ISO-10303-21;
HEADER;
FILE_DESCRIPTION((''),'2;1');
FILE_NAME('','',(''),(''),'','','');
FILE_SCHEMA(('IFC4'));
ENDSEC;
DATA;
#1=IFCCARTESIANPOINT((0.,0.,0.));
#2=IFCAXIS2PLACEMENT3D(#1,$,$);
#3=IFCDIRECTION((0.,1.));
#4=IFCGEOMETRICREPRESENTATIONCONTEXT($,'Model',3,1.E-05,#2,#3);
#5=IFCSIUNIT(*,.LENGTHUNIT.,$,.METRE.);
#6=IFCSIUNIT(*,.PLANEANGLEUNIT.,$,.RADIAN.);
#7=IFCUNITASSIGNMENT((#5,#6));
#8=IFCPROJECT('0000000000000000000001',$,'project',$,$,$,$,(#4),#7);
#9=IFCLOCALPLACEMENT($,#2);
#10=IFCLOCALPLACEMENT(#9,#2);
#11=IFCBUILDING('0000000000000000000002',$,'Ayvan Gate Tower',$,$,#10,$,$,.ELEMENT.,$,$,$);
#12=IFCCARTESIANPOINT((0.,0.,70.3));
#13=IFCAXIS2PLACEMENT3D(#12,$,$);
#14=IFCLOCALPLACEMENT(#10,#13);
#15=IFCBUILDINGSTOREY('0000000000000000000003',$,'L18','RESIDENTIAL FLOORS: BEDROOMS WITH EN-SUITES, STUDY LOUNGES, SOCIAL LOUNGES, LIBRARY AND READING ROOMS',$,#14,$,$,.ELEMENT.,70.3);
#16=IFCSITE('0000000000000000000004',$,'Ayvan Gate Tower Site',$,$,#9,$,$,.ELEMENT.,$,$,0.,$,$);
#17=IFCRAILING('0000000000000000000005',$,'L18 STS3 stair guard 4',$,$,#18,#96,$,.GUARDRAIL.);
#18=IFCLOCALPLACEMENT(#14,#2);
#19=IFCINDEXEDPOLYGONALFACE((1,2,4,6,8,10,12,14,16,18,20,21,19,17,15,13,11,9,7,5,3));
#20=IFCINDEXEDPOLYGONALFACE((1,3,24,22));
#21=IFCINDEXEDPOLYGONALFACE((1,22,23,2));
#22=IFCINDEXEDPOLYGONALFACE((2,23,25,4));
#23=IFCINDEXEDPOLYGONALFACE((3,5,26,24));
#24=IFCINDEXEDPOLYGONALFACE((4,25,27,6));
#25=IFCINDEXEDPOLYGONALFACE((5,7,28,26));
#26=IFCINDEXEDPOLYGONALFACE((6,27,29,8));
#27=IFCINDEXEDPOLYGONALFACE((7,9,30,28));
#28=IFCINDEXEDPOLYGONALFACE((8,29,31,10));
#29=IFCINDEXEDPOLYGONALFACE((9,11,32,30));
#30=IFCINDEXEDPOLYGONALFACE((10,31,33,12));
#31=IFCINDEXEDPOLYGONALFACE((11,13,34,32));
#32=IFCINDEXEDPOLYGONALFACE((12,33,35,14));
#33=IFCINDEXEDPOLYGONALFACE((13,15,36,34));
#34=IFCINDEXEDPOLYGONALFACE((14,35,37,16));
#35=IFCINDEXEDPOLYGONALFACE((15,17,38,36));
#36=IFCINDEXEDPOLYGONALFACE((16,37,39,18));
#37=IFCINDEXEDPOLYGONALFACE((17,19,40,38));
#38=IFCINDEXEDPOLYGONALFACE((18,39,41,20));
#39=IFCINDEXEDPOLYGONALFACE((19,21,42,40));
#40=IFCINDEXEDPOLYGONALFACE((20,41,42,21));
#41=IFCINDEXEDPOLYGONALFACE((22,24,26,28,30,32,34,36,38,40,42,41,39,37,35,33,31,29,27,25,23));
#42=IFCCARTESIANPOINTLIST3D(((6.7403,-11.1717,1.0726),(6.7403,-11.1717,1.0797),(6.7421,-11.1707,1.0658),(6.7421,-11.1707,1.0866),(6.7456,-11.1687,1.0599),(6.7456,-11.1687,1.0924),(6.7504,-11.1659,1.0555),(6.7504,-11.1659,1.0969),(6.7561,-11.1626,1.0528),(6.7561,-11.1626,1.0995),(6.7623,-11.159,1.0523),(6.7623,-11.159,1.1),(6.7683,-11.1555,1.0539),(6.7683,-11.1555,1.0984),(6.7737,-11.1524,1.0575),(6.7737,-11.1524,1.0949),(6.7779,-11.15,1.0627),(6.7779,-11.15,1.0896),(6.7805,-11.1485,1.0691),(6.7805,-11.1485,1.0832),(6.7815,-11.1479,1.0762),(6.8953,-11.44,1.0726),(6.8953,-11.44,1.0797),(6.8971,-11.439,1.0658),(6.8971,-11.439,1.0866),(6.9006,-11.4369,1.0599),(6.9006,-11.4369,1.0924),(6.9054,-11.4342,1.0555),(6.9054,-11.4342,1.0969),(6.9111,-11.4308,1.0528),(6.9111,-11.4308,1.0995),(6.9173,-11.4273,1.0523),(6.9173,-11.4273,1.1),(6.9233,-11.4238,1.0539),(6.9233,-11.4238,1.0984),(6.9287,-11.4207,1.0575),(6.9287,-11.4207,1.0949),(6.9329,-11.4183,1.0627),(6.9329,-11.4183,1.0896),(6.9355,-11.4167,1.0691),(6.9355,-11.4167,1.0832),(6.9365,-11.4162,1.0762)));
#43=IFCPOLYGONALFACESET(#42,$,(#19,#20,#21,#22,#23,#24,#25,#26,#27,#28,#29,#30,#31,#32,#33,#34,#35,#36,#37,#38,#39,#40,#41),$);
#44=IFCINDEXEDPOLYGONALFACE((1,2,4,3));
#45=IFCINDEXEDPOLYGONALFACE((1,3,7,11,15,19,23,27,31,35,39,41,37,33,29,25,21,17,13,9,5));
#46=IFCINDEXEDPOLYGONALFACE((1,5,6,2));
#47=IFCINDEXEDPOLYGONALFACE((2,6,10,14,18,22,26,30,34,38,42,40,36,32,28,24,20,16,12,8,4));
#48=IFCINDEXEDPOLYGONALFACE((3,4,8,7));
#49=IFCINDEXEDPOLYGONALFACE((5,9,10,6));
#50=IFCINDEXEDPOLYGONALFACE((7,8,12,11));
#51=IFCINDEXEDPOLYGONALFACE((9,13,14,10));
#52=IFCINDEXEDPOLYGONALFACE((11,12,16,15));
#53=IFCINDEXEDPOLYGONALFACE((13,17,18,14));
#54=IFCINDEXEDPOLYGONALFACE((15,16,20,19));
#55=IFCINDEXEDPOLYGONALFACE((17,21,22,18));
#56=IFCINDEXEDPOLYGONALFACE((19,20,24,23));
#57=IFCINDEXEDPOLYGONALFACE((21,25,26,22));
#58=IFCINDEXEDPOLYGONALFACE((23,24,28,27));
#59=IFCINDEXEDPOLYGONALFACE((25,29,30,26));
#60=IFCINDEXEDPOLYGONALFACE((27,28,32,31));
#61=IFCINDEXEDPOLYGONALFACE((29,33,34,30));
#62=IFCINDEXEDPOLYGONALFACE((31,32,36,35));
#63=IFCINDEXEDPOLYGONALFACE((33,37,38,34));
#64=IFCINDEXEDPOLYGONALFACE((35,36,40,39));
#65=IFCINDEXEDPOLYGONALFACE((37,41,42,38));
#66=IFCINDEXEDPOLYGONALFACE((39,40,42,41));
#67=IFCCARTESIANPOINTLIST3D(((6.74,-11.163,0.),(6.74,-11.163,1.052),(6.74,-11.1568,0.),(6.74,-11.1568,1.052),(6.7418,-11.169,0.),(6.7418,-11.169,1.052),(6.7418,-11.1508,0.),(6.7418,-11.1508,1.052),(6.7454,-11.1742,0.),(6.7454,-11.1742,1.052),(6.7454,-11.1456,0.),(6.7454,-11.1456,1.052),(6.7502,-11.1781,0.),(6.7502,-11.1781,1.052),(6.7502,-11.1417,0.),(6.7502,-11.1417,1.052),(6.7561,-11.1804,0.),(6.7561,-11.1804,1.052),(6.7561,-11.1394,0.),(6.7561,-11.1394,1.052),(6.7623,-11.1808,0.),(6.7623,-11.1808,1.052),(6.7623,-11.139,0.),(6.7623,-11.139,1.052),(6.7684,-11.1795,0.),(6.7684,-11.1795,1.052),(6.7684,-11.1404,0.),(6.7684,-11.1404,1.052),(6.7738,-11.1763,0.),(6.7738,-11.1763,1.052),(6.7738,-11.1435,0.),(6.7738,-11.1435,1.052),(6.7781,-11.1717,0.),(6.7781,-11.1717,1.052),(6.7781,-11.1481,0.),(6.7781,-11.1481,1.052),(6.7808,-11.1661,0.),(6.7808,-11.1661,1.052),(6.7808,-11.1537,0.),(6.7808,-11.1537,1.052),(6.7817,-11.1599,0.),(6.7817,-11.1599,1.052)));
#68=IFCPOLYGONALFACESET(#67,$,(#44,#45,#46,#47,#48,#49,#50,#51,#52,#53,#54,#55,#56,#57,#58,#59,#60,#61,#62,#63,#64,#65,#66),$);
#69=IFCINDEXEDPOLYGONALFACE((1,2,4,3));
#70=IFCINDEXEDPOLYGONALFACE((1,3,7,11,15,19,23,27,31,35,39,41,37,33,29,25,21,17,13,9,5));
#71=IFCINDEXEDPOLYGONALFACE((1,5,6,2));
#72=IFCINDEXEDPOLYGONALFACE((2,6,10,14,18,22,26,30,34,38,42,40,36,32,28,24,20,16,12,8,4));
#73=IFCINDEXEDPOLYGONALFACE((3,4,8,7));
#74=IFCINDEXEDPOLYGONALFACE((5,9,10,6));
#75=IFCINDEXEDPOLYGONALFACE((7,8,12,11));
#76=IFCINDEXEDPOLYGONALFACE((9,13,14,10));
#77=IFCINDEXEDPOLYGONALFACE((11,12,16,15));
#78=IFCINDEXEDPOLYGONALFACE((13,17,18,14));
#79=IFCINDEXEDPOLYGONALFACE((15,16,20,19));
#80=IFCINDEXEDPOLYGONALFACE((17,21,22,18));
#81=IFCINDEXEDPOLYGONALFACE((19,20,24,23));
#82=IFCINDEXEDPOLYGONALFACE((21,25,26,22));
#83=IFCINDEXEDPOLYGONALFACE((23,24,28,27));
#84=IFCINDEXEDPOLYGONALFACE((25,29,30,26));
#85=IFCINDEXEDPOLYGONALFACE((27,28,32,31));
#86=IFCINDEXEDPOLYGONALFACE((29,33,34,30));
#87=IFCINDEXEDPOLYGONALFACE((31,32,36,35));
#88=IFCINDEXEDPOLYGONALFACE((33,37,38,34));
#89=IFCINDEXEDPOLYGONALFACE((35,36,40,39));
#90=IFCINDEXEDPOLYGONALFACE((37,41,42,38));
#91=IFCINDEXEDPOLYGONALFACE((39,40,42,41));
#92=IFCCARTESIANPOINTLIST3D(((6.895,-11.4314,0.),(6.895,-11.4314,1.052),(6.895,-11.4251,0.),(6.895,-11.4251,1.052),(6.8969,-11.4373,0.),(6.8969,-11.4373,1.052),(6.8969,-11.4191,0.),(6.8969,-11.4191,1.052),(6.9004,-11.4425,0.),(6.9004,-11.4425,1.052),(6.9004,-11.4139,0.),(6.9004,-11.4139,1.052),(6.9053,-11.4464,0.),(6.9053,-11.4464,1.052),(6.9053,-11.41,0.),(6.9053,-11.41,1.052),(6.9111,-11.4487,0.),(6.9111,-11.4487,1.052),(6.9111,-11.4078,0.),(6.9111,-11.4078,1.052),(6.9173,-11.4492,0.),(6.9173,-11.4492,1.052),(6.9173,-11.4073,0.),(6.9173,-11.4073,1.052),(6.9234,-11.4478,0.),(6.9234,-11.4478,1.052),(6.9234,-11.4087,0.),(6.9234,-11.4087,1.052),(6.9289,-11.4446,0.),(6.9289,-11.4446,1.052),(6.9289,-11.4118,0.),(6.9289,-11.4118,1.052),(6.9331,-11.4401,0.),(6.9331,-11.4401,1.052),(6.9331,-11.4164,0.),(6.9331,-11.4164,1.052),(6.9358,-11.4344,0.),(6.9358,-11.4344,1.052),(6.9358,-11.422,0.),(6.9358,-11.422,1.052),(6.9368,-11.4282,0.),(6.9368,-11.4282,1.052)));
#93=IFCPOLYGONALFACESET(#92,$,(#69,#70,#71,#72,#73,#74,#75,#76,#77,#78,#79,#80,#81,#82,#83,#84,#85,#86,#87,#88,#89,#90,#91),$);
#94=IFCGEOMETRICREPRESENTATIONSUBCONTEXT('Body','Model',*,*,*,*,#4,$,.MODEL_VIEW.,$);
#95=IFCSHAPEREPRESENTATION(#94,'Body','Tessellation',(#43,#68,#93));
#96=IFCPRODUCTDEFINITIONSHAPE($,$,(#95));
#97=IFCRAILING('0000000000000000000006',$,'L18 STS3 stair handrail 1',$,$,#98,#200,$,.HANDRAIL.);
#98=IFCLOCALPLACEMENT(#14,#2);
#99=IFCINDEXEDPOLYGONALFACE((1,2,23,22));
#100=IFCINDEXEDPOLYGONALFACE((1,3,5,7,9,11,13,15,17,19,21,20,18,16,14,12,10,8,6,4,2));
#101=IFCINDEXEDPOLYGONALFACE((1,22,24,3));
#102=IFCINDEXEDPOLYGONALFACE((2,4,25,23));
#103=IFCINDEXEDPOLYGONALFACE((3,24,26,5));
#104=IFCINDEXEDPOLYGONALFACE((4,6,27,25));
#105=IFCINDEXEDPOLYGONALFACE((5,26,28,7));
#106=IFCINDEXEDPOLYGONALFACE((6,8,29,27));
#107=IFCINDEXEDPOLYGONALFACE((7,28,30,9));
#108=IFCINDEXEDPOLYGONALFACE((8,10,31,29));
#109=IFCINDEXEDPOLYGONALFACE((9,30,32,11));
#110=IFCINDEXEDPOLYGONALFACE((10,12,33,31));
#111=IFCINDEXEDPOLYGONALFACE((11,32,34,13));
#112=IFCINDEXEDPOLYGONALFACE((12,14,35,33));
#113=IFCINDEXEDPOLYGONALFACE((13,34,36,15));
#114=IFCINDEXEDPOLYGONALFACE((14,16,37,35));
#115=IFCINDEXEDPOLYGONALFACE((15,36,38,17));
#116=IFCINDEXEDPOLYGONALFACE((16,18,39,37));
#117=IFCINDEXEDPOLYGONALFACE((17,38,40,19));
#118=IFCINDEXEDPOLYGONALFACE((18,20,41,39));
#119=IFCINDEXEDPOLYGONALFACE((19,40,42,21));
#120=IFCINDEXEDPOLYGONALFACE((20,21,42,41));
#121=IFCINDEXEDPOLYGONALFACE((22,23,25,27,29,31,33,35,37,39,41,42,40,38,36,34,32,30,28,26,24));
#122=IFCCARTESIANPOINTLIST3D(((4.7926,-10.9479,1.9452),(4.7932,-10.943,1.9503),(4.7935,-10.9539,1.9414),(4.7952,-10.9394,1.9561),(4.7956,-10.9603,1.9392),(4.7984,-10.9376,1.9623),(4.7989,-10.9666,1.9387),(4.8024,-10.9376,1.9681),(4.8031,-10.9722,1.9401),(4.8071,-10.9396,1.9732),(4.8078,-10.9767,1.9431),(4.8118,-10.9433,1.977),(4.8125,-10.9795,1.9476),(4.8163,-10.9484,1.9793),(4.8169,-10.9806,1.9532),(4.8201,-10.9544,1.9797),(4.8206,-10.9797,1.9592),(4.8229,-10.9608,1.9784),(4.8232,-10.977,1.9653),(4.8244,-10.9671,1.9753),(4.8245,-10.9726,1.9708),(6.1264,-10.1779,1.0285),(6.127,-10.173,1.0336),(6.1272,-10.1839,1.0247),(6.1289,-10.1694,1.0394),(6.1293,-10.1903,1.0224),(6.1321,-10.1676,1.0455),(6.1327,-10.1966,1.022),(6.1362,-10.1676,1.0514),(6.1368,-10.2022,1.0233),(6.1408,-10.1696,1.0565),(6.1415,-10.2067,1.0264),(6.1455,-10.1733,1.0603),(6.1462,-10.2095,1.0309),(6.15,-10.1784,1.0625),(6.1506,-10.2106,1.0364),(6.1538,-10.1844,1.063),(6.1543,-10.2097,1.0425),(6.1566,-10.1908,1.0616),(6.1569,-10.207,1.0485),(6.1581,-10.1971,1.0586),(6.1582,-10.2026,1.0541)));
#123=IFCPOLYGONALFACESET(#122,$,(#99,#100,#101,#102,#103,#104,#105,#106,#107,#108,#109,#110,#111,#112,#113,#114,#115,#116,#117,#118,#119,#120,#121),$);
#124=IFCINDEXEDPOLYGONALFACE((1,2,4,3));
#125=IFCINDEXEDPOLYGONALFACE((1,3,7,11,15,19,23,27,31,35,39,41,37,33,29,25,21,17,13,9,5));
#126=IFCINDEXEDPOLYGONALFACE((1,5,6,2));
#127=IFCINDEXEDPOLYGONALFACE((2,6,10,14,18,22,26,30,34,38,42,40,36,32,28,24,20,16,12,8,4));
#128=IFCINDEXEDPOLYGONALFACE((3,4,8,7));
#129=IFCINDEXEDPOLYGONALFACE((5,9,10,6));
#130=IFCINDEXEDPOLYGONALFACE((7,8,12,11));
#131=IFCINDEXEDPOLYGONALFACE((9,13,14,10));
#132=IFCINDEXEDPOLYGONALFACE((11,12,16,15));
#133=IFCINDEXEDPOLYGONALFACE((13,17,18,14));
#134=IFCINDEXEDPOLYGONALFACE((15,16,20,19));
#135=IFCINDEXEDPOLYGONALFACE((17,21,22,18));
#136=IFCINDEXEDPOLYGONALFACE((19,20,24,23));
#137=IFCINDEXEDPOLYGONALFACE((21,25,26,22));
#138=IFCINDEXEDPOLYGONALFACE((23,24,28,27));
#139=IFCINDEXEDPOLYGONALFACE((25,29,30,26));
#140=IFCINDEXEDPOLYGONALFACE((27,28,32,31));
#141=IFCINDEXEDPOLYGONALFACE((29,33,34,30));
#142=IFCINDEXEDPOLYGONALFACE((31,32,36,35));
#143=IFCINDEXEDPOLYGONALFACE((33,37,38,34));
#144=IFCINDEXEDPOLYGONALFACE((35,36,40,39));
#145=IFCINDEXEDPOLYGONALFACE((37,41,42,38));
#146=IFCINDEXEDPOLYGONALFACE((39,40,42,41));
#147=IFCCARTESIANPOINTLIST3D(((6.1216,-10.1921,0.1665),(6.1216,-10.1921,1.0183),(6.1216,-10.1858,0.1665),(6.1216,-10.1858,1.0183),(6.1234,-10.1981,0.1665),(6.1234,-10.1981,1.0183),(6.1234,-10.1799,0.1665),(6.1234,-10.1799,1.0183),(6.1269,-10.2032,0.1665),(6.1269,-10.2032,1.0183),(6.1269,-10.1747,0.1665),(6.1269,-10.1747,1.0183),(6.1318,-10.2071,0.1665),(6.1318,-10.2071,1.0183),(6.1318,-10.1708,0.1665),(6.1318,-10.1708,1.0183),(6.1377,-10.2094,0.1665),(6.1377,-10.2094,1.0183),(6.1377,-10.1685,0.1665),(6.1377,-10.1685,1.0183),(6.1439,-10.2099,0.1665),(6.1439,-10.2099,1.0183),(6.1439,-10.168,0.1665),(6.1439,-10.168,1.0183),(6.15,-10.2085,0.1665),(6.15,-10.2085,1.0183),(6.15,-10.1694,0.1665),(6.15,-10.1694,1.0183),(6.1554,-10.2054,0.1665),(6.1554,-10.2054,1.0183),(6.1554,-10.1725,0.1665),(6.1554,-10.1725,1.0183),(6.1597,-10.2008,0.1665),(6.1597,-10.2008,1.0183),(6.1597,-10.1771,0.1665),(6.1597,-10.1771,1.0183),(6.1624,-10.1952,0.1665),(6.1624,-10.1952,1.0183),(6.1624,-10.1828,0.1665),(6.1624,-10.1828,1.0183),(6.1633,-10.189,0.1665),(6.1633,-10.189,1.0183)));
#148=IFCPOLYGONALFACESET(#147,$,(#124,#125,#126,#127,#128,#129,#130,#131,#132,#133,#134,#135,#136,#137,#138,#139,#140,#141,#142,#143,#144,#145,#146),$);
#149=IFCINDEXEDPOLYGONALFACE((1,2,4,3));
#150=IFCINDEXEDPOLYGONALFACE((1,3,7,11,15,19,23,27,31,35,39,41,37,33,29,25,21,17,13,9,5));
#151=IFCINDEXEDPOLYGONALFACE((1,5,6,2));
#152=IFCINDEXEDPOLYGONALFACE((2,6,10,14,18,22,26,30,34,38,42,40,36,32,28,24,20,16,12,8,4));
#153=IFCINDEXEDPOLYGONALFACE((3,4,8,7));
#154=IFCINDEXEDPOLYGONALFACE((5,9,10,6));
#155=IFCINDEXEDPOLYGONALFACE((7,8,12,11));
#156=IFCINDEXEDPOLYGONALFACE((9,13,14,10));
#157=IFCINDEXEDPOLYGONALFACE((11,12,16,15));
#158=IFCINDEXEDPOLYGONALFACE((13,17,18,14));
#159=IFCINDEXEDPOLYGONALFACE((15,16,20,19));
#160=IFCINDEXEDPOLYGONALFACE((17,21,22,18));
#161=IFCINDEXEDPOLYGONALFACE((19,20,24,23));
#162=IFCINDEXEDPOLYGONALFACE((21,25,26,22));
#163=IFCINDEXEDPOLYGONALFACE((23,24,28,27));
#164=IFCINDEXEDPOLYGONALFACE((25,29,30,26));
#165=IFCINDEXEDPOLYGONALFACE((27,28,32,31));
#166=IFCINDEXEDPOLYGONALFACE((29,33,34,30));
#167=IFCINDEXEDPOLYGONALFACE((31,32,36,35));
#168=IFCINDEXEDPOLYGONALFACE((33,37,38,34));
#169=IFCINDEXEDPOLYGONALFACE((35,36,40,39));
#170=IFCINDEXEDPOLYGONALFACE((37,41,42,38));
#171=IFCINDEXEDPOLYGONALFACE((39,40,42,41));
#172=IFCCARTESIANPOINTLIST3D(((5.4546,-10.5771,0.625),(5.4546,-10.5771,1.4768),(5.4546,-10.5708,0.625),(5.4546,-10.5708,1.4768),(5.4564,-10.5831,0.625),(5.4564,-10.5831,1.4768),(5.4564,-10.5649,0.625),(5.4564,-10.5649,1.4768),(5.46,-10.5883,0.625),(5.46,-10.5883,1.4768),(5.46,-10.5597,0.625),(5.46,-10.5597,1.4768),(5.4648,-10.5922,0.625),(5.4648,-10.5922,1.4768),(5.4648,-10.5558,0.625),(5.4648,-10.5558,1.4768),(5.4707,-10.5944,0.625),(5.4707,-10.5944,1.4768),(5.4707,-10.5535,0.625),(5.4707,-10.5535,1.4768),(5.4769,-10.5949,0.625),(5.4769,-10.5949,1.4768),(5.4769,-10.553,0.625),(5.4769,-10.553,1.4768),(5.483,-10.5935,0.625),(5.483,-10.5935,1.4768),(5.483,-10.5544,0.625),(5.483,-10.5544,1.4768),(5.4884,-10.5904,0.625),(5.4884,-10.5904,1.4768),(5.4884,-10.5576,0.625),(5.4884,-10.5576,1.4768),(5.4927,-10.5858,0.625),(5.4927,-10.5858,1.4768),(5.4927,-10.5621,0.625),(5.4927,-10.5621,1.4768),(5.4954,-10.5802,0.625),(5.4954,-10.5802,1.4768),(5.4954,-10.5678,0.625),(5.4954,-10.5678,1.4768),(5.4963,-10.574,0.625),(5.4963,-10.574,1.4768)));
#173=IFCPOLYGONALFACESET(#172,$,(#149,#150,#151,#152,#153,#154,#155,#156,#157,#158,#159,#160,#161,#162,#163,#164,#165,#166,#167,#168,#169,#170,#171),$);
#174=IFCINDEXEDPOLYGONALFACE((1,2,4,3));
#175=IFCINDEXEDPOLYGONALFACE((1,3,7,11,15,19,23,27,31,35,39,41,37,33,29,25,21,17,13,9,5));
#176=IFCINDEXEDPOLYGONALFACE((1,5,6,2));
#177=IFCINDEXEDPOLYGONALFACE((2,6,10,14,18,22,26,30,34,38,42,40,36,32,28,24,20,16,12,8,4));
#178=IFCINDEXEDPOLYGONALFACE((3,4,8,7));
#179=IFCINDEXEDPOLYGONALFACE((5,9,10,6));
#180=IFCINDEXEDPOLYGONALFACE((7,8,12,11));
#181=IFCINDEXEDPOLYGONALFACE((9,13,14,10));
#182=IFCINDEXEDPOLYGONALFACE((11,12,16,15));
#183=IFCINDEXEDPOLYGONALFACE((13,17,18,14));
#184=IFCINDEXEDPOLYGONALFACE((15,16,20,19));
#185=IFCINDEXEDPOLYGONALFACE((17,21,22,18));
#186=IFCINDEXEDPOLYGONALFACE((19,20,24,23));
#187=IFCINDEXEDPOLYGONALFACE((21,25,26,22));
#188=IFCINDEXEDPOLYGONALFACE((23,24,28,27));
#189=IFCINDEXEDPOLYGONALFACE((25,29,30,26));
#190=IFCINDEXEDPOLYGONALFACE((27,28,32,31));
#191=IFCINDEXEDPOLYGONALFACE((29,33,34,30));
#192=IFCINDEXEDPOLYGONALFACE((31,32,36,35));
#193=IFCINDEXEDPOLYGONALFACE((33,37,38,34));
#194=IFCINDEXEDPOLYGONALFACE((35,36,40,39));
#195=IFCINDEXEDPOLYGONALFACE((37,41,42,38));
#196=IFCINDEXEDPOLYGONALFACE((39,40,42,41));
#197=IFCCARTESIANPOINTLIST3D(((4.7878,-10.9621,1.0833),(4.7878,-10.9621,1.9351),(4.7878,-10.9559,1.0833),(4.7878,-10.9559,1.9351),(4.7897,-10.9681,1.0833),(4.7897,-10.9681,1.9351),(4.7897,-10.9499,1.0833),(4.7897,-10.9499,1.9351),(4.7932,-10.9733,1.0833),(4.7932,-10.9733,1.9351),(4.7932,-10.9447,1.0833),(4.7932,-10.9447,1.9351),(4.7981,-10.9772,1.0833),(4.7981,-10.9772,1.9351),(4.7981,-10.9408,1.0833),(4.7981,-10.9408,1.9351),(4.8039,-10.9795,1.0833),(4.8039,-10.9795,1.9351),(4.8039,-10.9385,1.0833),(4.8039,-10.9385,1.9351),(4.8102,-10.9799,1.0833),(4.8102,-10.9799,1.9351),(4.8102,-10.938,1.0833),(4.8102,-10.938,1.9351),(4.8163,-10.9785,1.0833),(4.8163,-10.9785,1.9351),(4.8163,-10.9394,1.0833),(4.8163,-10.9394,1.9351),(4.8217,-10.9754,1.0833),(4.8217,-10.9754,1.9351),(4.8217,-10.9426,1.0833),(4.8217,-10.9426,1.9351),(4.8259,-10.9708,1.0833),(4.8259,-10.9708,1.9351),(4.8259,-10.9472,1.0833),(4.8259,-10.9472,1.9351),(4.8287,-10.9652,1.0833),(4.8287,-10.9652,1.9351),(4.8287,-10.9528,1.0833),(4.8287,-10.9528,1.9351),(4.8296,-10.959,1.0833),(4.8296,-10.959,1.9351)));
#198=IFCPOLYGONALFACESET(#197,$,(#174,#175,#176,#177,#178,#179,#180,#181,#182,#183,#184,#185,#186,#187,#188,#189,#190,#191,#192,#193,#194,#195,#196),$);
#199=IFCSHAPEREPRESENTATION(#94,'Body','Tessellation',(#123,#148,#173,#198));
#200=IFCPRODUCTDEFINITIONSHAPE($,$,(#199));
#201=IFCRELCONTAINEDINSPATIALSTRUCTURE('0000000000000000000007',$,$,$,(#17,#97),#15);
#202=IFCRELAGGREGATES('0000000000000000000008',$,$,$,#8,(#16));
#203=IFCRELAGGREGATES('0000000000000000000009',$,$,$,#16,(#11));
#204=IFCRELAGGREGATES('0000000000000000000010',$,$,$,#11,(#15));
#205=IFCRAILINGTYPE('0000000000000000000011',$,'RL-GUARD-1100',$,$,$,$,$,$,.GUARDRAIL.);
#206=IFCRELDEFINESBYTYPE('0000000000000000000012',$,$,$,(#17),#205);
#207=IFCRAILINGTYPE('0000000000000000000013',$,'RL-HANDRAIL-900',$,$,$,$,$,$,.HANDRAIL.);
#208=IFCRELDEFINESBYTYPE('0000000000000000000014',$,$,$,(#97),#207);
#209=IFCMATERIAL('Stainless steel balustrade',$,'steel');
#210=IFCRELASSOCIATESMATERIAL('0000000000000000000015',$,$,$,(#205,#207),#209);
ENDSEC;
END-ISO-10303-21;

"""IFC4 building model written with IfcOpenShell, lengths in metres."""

from ifc_helpers import new_model, si_unit, direction, frame, origin, origin_2d, place, context, subcontext, project, spatial, circle, extrude, material, type_object, element, save


model = new_model("IFC4")

# Units and contexts
model_context = context("Model", 3, precision=1e-05, world=origin(), true_north=direction((0.0, 1.0)))
body_context = subcontext(model_context, "Body", "Model", "MODEL_VIEW")
ifc_project = project(units=[si_unit("LENGTHUNIT", "METRE"), si_unit("PLANEANGLEUNIT", "RADIAN")], contexts=[model_context])

# Site, building, storey
site_placement = place(None, origin())
site = spatial("IfcSite", under=ifc_project, at=site_placement, Name="Ayvan Gate Tower Site", CompositionType="ELEMENT", RefElevation=0.0)
building_placement = place(site_placement, origin())
building = spatial("IfcBuilding", under=site, at=building_placement, Name="Ayvan Gate Tower", CompositionType="ELEMENT")
storey_placement = place(building_placement, frame((0.0, 0.0, 70.3)))
storey = spatial("IfcBuildingStorey", under=building, at=storey_placement, Name="L18", Description="RESIDENTIAL FLOORS: BEDROOMS WITH EN-SUITES, STUDY LOUNGES, SOCIAL LOUNGES, LIBRARY AND READING ROOMS", CompositionType="ELEMENT", Elevation=70.3)

# Railings
ifc_material_1 = material(Name="Stainless steel balustrade", Category="steel")
railing_type_1 = type_object("IfcRailingType", Name="RL-GUARD-1100", PredefinedType="GUARDRAIL", material=ifc_material_1)
railing_1_placement = place(storey_placement, frame((6.7607, -11.1599, 0.0)))
element("IfcRailing", 1, at=railing_1_placement, inside=storey, type_object=railing_type_1, Name="L18 STS3 stair guard 4", PredefinedType="GUARDRAIL", context=body_context, shape_type="SweptSolid", body=[
    extrude(circle(Radius=0.0239, at=origin_2d()), frame((0.0, 0.0, 1.0762), z_axis=(0.500291, -0.865857, 0.0), x_axis=(0.865857, 0.500291, 0.0)), (0.0, 0.0, 1.0), 0.3098),
    extrude(circle(Radius=0.021, at=origin_2d()), origin(), (0.0, 0.0, 1.0), 1.052),
    extrude(circle(Radius=0.021, at=origin_2d()), frame((0.155, -0.2683, 0.0)), (0.0, 0.0, 1.0), 1.052),
])
railing_type_2 = type_object("IfcRailingType", Name="RL-HANDRAIL-900", PredefinedType="HANDRAIL", material=ifc_material_1)
railing_2_placement = place(storey_placement, frame((6.1423, -10.189, 0.1665)))
element("IfcRailing", 2, at=railing_2_placement, inside=storey, type_object=railing_type_2, Name="L18 STS3 stair handrail 1", PredefinedType="HANDRAIL", context=body_context, shape_type="SweptSolid", body=[
    extrude(circle(Radius=0.0239, at=origin_2d()), frame((0.0, 0.0, 0.876), z_axis=(-0.744164, -0.429634, 0.511502), x_axis=(0.499992, -0.86603, 0.0)), (0.0, 0.0, 1.0), 1.7922),
    extrude(circle(Radius=0.021, at=origin_2d()), origin(), (0.0, 0.0, 1.0), 0.8518),
    extrude(circle(Radius=0.021, at=origin_2d()), frame((-0.667, -0.385, 0.4585)), (0.0, 0.0, 1.0), 0.8518),
    extrude(circle(Radius=0.021, at=origin_2d()), frame((-1.3337, -0.77, 0.9167)), (0.0, 0.0, 1.0), 0.8518),
])

save(model, "model.ifc")
